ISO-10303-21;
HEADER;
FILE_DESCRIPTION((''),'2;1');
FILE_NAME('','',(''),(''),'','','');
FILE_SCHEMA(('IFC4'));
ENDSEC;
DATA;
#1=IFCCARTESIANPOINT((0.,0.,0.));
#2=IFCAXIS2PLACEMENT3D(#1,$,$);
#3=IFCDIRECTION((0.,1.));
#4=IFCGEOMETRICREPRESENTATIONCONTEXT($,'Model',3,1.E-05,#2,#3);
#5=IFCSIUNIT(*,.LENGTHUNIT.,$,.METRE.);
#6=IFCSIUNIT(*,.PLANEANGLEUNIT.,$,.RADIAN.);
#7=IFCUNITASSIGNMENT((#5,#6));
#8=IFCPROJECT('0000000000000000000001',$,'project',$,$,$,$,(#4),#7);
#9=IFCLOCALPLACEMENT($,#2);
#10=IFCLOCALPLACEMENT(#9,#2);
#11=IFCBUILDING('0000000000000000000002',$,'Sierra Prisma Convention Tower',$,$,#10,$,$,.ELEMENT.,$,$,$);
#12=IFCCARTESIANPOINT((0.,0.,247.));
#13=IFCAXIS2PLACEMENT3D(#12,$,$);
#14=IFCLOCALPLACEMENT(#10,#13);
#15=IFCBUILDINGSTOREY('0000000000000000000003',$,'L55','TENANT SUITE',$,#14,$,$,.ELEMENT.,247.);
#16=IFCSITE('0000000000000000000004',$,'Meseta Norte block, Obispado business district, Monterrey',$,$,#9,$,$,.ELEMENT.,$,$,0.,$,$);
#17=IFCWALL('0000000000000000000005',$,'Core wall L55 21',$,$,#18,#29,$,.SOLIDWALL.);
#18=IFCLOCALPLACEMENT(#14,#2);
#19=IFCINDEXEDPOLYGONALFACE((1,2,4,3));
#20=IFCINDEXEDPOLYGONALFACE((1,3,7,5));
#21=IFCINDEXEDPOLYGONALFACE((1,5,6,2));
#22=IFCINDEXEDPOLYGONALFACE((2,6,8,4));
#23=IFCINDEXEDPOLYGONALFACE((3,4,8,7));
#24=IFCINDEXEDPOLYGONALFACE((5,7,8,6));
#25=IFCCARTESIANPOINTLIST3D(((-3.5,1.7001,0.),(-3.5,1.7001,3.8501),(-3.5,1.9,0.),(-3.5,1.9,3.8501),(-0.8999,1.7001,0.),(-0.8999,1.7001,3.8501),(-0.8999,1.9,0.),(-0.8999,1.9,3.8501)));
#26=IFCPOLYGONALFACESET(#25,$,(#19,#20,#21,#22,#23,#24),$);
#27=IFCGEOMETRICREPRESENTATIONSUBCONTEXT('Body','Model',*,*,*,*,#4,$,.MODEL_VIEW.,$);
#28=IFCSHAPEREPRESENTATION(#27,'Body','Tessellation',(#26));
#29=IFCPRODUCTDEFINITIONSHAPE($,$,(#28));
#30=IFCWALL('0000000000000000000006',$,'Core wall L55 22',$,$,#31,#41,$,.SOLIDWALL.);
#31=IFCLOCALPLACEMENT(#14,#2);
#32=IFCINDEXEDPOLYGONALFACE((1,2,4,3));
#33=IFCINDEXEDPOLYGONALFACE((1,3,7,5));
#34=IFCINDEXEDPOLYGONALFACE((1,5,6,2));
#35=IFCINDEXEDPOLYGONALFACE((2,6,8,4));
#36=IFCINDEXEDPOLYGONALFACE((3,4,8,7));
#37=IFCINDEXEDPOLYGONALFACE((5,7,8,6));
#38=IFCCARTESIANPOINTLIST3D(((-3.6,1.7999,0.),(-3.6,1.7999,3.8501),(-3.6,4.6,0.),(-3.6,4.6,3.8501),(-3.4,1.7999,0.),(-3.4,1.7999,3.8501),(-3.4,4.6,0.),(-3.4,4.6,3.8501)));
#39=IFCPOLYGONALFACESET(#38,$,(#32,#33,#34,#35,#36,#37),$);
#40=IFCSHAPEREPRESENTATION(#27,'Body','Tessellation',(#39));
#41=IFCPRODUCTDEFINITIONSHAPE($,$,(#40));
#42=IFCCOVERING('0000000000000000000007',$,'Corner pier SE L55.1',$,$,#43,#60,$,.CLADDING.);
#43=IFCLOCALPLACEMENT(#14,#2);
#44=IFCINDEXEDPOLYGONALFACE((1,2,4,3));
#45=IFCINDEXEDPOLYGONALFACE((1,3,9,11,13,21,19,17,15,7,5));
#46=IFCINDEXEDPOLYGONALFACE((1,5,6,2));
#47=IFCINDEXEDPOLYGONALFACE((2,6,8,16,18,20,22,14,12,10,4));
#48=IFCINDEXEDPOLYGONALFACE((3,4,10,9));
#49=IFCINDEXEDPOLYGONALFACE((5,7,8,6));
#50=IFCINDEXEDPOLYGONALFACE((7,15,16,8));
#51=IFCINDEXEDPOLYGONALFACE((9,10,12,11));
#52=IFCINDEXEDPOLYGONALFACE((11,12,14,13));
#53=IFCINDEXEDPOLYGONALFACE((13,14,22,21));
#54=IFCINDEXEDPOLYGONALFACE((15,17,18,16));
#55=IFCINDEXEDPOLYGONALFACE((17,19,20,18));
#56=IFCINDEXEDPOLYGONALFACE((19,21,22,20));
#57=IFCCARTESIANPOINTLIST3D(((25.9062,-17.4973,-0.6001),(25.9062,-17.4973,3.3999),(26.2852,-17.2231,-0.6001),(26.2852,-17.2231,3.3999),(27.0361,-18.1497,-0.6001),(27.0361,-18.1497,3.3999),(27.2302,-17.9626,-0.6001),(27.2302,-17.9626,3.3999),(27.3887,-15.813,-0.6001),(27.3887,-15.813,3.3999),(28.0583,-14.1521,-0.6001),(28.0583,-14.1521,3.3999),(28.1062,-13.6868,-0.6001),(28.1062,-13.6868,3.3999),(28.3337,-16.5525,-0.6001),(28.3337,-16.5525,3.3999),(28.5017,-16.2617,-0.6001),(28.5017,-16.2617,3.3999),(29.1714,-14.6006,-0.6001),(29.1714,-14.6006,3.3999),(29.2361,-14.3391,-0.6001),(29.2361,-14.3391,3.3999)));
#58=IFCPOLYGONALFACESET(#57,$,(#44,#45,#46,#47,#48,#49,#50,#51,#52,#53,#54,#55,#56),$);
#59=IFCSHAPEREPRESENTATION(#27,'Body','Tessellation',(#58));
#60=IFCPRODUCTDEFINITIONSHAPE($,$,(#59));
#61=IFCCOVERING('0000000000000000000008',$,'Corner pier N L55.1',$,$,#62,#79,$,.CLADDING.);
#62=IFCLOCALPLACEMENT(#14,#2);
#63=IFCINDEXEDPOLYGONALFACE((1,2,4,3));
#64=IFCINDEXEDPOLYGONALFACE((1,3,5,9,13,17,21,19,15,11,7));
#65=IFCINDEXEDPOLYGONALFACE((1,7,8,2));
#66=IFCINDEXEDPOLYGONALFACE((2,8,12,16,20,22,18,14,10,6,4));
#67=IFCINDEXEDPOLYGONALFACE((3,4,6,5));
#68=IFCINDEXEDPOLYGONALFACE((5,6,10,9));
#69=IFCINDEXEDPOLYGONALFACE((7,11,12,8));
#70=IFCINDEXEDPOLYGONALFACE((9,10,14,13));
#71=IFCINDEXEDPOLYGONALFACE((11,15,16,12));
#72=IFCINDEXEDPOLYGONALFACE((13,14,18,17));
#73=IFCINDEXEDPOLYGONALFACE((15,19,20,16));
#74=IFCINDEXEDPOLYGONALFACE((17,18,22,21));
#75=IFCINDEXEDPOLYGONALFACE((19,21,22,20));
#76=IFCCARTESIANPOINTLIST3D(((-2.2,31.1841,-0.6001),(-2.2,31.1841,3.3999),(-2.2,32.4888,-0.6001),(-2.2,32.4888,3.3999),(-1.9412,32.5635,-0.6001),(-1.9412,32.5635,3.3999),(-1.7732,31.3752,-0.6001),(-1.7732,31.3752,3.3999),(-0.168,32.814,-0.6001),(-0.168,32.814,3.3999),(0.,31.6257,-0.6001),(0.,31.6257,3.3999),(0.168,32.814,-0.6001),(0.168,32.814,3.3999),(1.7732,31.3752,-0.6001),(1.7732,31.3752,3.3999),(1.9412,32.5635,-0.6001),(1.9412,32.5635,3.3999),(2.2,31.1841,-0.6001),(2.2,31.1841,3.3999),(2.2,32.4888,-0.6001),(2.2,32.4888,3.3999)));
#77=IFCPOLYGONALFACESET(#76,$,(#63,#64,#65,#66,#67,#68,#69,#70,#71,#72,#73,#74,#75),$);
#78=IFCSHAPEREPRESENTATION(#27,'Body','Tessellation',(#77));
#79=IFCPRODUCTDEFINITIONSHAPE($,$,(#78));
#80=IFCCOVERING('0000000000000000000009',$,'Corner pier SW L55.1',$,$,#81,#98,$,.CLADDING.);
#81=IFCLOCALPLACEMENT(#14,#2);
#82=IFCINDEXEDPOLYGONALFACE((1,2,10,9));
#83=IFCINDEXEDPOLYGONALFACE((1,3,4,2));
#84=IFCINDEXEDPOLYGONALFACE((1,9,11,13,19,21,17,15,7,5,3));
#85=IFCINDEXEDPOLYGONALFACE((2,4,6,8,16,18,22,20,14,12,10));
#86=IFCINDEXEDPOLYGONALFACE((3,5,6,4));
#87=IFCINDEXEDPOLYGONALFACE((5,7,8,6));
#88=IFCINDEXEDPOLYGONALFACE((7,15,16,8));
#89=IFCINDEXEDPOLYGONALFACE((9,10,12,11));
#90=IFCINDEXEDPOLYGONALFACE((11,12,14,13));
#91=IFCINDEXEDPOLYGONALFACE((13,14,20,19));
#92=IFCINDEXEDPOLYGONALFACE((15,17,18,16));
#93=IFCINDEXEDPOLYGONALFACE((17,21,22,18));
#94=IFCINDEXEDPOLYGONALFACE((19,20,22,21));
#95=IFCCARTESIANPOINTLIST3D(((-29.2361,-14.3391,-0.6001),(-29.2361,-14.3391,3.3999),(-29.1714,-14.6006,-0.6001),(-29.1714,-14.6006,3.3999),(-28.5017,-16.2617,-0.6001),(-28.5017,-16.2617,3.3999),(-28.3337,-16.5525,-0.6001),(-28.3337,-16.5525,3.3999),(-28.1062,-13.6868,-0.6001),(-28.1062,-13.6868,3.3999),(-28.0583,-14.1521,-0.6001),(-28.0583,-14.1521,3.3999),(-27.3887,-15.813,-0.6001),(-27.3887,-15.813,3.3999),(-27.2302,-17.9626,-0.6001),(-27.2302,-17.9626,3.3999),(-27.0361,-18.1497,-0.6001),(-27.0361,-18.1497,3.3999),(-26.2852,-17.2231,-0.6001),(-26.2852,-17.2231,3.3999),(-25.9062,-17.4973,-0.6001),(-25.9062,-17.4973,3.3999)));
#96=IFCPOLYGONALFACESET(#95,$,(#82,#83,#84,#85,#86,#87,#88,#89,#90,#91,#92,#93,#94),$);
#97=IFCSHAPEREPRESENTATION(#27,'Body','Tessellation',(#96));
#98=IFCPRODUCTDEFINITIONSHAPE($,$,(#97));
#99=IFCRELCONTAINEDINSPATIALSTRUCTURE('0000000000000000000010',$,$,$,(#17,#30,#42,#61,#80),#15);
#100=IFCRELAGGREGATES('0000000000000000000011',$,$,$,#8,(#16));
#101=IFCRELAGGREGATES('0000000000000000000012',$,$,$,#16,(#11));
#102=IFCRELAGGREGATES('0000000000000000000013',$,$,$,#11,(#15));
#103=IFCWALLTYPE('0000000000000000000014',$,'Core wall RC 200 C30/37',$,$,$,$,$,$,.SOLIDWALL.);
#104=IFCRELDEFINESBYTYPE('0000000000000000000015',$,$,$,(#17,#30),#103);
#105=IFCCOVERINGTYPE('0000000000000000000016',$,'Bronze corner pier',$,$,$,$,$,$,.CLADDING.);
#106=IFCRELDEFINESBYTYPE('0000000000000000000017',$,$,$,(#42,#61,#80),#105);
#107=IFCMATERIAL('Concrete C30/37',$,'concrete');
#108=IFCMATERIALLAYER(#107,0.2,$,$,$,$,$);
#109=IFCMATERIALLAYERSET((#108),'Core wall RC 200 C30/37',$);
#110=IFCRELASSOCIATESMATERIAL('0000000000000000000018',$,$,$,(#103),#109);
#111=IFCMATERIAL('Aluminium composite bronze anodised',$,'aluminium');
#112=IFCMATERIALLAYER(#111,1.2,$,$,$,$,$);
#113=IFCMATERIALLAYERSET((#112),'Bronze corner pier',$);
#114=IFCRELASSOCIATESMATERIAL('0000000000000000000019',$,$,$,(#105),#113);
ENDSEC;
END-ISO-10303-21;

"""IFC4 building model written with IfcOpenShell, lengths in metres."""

from ifc_helpers import new_model, si_unit, direction, frame, frame_2d, origin, place, context, subcontext, project, spatial, polyline, rectangle, outline, extrude, material, layer, layer_set, type_object, element, save


model = new_model("IFC4")

# Units and contexts
model_context = context("Model", 3, precision=1e-05, world=origin(), true_north=direction((0.0, 1.0)))
body_context = subcontext(model_context, "Body", "Model", "MODEL_VIEW")
ifc_project = project(units=[si_unit("LENGTHUNIT", "METRE"), si_unit("PLANEANGLEUNIT", "RADIAN")], contexts=[model_context])

# Site, building, storey
site_placement = place(None, origin())
site = spatial("IfcSite", under=ifc_project, at=site_placement, Name="Meseta Norte block, Obispado business district, Monterrey", CompositionType="ELEMENT", RefElevation=0.0)
building_placement = place(site_placement, origin())
building = spatial("IfcBuilding", under=site, at=building_placement, Name="Sierra Prisma Convention Tower", CompositionType="ELEMENT")
storey_placement = place(building_placement, frame((0.0, 0.0, 247.0)))
storey = spatial("IfcBuildingStorey", under=building, at=storey_placement, Name="L55", Description="TENANT SUITE", CompositionType="ELEMENT", Elevation=247.0)

# Shared definitions
ifc_material_1 = material(Name="Concrete C30/37", Category="concrete")
ifc_layer_1 = layer(ifc_material_1, 0.2)
ifc_layer_set_1 = layer_set([ifc_layer_1], Name="Core wall RC 200 C30/37")
wall_type = type_object("IfcWallType", Name="Core wall RC 200 C30/37", PredefinedType="SOLIDWALL", material=ifc_layer_set_1)

# Walls
wall_1_placement = place(storey_placement, frame((-0.8999, 1.8, 0.0), z_axis=(0.0, 0.0, 1.0), x_axis=(-1.0, 0.0, 0.0)))
element("IfcWall", 1, at=wall_1_placement, inside=storey, type_object=wall_type, Name="Core wall L55 21", PredefinedType="SOLIDWALL", context=body_context, shape_type="SweptSolid", body=[
    extrude(rectangle(XDim=2.6001, YDim=0.2, at=frame_2d((1.3, 0.0))), origin(), (0.0, 0.0, 1.0), 3.8501),
])
wall_2_placement = place(storey_placement, frame((-3.5, 1.8, 0.0), z_axis=(0.0, 0.0, 1.0), x_axis=(0.0, 1.0, 0.0)))
element("IfcWall", 2, at=wall_2_placement, inside=storey, type_object=wall_type, Name="Core wall L55 22", PredefinedType="SOLIDWALL", context=body_context, shape_type="SweptSolid", body=[
    extrude(rectangle(XDim=2.8, YDim=0.2, at=frame_2d((1.3999, 0.0))), origin(), (0.0, 0.0, 1.0), 3.8501),
])

# Coverings
ifc_material_2 = material(Name="Aluminium composite bronze anodised", Category="aluminium")
ifc_layer_2 = layer(ifc_material_2, 1.2)
ifc_layer_set_2 = layer_set([ifc_layer_2], Name="Bronze corner pier")
covering_type = type_object("IfcCoveringType", Name="Bronze corner pier", PredefinedType="CLADDING", material=ifc_layer_set_2)
covering_1_placement = place(storey_placement, frame((0.0, 0.0, -0.6001)))
element("IfcCovering", 3, at=covering_1_placement, inside=storey, type_object=covering_type, Name="Corner pier SE L55.1", PredefinedType="CLADDING", context=body_context, shape_type="SweptSolid", body=[
    extrude(outline(polyline([(29.1714, -14.6006), (28.5017, -16.2617), (28.3337, -16.5525), (27.2302, -17.9626), (27.0361, -18.1497), (25.9062, -17.4973), (26.2852, -17.2231), (27.3887, -15.813), (28.0583, -14.1521), (28.1062, -13.6868), (29.2361, -14.3391), (29.1714, -14.6006)])), origin(), (0.0, 0.0, 1.0), 4.0),
])
covering_2_placement = place(storey_placement, frame((0.0, 0.0, -0.6001)))
element("IfcCovering", 4, at=covering_2_placement, inside=storey, type_object=covering_type, Name="Corner pier N L55.1", PredefinedType="CLADDING", context=body_context, shape_type="SweptSolid", body=[
    extrude(outline(polyline([(-1.9412, 32.5635), (-0.168, 32.814), (0.168, 32.814), (1.9412, 32.5635), (2.2, 32.4888), (2.2, 31.1841), (1.7732, 31.3752), (0.0, 31.6257), (-1.7732, 31.3752), (-2.2, 31.1841), (-2.2, 32.4888), (-1.9412, 32.5635)])), origin(), (0.0, 0.0, 1.0), 4.0),
])
covering_3_placement = place(storey_placement, frame((0.0, 0.0, -0.6001)))
element("IfcCovering", 5, at=covering_3_placement, inside=storey, type_object=covering_type, Name="Corner pier SW L55.1", PredefinedType="CLADDING", context=body_context, shape_type="SweptSolid", body=[
    extrude(outline(polyline([(-27.2302, -17.9626), (-28.3337, -16.5525), (-28.5017, -16.2617), (-29.1714, -14.6006), (-29.2361, -14.3391), (-28.1062, -13.6868), (-28.0583, -14.1521), (-27.3887, -15.813), (-26.2852, -17.2231), (-25.9062, -17.4973), (-27.0361, -18.1497), (-27.2302, -17.9626)])), origin(), (0.0, 0.0, 1.0), 4.0),
])

save(model, "model.ifc")
